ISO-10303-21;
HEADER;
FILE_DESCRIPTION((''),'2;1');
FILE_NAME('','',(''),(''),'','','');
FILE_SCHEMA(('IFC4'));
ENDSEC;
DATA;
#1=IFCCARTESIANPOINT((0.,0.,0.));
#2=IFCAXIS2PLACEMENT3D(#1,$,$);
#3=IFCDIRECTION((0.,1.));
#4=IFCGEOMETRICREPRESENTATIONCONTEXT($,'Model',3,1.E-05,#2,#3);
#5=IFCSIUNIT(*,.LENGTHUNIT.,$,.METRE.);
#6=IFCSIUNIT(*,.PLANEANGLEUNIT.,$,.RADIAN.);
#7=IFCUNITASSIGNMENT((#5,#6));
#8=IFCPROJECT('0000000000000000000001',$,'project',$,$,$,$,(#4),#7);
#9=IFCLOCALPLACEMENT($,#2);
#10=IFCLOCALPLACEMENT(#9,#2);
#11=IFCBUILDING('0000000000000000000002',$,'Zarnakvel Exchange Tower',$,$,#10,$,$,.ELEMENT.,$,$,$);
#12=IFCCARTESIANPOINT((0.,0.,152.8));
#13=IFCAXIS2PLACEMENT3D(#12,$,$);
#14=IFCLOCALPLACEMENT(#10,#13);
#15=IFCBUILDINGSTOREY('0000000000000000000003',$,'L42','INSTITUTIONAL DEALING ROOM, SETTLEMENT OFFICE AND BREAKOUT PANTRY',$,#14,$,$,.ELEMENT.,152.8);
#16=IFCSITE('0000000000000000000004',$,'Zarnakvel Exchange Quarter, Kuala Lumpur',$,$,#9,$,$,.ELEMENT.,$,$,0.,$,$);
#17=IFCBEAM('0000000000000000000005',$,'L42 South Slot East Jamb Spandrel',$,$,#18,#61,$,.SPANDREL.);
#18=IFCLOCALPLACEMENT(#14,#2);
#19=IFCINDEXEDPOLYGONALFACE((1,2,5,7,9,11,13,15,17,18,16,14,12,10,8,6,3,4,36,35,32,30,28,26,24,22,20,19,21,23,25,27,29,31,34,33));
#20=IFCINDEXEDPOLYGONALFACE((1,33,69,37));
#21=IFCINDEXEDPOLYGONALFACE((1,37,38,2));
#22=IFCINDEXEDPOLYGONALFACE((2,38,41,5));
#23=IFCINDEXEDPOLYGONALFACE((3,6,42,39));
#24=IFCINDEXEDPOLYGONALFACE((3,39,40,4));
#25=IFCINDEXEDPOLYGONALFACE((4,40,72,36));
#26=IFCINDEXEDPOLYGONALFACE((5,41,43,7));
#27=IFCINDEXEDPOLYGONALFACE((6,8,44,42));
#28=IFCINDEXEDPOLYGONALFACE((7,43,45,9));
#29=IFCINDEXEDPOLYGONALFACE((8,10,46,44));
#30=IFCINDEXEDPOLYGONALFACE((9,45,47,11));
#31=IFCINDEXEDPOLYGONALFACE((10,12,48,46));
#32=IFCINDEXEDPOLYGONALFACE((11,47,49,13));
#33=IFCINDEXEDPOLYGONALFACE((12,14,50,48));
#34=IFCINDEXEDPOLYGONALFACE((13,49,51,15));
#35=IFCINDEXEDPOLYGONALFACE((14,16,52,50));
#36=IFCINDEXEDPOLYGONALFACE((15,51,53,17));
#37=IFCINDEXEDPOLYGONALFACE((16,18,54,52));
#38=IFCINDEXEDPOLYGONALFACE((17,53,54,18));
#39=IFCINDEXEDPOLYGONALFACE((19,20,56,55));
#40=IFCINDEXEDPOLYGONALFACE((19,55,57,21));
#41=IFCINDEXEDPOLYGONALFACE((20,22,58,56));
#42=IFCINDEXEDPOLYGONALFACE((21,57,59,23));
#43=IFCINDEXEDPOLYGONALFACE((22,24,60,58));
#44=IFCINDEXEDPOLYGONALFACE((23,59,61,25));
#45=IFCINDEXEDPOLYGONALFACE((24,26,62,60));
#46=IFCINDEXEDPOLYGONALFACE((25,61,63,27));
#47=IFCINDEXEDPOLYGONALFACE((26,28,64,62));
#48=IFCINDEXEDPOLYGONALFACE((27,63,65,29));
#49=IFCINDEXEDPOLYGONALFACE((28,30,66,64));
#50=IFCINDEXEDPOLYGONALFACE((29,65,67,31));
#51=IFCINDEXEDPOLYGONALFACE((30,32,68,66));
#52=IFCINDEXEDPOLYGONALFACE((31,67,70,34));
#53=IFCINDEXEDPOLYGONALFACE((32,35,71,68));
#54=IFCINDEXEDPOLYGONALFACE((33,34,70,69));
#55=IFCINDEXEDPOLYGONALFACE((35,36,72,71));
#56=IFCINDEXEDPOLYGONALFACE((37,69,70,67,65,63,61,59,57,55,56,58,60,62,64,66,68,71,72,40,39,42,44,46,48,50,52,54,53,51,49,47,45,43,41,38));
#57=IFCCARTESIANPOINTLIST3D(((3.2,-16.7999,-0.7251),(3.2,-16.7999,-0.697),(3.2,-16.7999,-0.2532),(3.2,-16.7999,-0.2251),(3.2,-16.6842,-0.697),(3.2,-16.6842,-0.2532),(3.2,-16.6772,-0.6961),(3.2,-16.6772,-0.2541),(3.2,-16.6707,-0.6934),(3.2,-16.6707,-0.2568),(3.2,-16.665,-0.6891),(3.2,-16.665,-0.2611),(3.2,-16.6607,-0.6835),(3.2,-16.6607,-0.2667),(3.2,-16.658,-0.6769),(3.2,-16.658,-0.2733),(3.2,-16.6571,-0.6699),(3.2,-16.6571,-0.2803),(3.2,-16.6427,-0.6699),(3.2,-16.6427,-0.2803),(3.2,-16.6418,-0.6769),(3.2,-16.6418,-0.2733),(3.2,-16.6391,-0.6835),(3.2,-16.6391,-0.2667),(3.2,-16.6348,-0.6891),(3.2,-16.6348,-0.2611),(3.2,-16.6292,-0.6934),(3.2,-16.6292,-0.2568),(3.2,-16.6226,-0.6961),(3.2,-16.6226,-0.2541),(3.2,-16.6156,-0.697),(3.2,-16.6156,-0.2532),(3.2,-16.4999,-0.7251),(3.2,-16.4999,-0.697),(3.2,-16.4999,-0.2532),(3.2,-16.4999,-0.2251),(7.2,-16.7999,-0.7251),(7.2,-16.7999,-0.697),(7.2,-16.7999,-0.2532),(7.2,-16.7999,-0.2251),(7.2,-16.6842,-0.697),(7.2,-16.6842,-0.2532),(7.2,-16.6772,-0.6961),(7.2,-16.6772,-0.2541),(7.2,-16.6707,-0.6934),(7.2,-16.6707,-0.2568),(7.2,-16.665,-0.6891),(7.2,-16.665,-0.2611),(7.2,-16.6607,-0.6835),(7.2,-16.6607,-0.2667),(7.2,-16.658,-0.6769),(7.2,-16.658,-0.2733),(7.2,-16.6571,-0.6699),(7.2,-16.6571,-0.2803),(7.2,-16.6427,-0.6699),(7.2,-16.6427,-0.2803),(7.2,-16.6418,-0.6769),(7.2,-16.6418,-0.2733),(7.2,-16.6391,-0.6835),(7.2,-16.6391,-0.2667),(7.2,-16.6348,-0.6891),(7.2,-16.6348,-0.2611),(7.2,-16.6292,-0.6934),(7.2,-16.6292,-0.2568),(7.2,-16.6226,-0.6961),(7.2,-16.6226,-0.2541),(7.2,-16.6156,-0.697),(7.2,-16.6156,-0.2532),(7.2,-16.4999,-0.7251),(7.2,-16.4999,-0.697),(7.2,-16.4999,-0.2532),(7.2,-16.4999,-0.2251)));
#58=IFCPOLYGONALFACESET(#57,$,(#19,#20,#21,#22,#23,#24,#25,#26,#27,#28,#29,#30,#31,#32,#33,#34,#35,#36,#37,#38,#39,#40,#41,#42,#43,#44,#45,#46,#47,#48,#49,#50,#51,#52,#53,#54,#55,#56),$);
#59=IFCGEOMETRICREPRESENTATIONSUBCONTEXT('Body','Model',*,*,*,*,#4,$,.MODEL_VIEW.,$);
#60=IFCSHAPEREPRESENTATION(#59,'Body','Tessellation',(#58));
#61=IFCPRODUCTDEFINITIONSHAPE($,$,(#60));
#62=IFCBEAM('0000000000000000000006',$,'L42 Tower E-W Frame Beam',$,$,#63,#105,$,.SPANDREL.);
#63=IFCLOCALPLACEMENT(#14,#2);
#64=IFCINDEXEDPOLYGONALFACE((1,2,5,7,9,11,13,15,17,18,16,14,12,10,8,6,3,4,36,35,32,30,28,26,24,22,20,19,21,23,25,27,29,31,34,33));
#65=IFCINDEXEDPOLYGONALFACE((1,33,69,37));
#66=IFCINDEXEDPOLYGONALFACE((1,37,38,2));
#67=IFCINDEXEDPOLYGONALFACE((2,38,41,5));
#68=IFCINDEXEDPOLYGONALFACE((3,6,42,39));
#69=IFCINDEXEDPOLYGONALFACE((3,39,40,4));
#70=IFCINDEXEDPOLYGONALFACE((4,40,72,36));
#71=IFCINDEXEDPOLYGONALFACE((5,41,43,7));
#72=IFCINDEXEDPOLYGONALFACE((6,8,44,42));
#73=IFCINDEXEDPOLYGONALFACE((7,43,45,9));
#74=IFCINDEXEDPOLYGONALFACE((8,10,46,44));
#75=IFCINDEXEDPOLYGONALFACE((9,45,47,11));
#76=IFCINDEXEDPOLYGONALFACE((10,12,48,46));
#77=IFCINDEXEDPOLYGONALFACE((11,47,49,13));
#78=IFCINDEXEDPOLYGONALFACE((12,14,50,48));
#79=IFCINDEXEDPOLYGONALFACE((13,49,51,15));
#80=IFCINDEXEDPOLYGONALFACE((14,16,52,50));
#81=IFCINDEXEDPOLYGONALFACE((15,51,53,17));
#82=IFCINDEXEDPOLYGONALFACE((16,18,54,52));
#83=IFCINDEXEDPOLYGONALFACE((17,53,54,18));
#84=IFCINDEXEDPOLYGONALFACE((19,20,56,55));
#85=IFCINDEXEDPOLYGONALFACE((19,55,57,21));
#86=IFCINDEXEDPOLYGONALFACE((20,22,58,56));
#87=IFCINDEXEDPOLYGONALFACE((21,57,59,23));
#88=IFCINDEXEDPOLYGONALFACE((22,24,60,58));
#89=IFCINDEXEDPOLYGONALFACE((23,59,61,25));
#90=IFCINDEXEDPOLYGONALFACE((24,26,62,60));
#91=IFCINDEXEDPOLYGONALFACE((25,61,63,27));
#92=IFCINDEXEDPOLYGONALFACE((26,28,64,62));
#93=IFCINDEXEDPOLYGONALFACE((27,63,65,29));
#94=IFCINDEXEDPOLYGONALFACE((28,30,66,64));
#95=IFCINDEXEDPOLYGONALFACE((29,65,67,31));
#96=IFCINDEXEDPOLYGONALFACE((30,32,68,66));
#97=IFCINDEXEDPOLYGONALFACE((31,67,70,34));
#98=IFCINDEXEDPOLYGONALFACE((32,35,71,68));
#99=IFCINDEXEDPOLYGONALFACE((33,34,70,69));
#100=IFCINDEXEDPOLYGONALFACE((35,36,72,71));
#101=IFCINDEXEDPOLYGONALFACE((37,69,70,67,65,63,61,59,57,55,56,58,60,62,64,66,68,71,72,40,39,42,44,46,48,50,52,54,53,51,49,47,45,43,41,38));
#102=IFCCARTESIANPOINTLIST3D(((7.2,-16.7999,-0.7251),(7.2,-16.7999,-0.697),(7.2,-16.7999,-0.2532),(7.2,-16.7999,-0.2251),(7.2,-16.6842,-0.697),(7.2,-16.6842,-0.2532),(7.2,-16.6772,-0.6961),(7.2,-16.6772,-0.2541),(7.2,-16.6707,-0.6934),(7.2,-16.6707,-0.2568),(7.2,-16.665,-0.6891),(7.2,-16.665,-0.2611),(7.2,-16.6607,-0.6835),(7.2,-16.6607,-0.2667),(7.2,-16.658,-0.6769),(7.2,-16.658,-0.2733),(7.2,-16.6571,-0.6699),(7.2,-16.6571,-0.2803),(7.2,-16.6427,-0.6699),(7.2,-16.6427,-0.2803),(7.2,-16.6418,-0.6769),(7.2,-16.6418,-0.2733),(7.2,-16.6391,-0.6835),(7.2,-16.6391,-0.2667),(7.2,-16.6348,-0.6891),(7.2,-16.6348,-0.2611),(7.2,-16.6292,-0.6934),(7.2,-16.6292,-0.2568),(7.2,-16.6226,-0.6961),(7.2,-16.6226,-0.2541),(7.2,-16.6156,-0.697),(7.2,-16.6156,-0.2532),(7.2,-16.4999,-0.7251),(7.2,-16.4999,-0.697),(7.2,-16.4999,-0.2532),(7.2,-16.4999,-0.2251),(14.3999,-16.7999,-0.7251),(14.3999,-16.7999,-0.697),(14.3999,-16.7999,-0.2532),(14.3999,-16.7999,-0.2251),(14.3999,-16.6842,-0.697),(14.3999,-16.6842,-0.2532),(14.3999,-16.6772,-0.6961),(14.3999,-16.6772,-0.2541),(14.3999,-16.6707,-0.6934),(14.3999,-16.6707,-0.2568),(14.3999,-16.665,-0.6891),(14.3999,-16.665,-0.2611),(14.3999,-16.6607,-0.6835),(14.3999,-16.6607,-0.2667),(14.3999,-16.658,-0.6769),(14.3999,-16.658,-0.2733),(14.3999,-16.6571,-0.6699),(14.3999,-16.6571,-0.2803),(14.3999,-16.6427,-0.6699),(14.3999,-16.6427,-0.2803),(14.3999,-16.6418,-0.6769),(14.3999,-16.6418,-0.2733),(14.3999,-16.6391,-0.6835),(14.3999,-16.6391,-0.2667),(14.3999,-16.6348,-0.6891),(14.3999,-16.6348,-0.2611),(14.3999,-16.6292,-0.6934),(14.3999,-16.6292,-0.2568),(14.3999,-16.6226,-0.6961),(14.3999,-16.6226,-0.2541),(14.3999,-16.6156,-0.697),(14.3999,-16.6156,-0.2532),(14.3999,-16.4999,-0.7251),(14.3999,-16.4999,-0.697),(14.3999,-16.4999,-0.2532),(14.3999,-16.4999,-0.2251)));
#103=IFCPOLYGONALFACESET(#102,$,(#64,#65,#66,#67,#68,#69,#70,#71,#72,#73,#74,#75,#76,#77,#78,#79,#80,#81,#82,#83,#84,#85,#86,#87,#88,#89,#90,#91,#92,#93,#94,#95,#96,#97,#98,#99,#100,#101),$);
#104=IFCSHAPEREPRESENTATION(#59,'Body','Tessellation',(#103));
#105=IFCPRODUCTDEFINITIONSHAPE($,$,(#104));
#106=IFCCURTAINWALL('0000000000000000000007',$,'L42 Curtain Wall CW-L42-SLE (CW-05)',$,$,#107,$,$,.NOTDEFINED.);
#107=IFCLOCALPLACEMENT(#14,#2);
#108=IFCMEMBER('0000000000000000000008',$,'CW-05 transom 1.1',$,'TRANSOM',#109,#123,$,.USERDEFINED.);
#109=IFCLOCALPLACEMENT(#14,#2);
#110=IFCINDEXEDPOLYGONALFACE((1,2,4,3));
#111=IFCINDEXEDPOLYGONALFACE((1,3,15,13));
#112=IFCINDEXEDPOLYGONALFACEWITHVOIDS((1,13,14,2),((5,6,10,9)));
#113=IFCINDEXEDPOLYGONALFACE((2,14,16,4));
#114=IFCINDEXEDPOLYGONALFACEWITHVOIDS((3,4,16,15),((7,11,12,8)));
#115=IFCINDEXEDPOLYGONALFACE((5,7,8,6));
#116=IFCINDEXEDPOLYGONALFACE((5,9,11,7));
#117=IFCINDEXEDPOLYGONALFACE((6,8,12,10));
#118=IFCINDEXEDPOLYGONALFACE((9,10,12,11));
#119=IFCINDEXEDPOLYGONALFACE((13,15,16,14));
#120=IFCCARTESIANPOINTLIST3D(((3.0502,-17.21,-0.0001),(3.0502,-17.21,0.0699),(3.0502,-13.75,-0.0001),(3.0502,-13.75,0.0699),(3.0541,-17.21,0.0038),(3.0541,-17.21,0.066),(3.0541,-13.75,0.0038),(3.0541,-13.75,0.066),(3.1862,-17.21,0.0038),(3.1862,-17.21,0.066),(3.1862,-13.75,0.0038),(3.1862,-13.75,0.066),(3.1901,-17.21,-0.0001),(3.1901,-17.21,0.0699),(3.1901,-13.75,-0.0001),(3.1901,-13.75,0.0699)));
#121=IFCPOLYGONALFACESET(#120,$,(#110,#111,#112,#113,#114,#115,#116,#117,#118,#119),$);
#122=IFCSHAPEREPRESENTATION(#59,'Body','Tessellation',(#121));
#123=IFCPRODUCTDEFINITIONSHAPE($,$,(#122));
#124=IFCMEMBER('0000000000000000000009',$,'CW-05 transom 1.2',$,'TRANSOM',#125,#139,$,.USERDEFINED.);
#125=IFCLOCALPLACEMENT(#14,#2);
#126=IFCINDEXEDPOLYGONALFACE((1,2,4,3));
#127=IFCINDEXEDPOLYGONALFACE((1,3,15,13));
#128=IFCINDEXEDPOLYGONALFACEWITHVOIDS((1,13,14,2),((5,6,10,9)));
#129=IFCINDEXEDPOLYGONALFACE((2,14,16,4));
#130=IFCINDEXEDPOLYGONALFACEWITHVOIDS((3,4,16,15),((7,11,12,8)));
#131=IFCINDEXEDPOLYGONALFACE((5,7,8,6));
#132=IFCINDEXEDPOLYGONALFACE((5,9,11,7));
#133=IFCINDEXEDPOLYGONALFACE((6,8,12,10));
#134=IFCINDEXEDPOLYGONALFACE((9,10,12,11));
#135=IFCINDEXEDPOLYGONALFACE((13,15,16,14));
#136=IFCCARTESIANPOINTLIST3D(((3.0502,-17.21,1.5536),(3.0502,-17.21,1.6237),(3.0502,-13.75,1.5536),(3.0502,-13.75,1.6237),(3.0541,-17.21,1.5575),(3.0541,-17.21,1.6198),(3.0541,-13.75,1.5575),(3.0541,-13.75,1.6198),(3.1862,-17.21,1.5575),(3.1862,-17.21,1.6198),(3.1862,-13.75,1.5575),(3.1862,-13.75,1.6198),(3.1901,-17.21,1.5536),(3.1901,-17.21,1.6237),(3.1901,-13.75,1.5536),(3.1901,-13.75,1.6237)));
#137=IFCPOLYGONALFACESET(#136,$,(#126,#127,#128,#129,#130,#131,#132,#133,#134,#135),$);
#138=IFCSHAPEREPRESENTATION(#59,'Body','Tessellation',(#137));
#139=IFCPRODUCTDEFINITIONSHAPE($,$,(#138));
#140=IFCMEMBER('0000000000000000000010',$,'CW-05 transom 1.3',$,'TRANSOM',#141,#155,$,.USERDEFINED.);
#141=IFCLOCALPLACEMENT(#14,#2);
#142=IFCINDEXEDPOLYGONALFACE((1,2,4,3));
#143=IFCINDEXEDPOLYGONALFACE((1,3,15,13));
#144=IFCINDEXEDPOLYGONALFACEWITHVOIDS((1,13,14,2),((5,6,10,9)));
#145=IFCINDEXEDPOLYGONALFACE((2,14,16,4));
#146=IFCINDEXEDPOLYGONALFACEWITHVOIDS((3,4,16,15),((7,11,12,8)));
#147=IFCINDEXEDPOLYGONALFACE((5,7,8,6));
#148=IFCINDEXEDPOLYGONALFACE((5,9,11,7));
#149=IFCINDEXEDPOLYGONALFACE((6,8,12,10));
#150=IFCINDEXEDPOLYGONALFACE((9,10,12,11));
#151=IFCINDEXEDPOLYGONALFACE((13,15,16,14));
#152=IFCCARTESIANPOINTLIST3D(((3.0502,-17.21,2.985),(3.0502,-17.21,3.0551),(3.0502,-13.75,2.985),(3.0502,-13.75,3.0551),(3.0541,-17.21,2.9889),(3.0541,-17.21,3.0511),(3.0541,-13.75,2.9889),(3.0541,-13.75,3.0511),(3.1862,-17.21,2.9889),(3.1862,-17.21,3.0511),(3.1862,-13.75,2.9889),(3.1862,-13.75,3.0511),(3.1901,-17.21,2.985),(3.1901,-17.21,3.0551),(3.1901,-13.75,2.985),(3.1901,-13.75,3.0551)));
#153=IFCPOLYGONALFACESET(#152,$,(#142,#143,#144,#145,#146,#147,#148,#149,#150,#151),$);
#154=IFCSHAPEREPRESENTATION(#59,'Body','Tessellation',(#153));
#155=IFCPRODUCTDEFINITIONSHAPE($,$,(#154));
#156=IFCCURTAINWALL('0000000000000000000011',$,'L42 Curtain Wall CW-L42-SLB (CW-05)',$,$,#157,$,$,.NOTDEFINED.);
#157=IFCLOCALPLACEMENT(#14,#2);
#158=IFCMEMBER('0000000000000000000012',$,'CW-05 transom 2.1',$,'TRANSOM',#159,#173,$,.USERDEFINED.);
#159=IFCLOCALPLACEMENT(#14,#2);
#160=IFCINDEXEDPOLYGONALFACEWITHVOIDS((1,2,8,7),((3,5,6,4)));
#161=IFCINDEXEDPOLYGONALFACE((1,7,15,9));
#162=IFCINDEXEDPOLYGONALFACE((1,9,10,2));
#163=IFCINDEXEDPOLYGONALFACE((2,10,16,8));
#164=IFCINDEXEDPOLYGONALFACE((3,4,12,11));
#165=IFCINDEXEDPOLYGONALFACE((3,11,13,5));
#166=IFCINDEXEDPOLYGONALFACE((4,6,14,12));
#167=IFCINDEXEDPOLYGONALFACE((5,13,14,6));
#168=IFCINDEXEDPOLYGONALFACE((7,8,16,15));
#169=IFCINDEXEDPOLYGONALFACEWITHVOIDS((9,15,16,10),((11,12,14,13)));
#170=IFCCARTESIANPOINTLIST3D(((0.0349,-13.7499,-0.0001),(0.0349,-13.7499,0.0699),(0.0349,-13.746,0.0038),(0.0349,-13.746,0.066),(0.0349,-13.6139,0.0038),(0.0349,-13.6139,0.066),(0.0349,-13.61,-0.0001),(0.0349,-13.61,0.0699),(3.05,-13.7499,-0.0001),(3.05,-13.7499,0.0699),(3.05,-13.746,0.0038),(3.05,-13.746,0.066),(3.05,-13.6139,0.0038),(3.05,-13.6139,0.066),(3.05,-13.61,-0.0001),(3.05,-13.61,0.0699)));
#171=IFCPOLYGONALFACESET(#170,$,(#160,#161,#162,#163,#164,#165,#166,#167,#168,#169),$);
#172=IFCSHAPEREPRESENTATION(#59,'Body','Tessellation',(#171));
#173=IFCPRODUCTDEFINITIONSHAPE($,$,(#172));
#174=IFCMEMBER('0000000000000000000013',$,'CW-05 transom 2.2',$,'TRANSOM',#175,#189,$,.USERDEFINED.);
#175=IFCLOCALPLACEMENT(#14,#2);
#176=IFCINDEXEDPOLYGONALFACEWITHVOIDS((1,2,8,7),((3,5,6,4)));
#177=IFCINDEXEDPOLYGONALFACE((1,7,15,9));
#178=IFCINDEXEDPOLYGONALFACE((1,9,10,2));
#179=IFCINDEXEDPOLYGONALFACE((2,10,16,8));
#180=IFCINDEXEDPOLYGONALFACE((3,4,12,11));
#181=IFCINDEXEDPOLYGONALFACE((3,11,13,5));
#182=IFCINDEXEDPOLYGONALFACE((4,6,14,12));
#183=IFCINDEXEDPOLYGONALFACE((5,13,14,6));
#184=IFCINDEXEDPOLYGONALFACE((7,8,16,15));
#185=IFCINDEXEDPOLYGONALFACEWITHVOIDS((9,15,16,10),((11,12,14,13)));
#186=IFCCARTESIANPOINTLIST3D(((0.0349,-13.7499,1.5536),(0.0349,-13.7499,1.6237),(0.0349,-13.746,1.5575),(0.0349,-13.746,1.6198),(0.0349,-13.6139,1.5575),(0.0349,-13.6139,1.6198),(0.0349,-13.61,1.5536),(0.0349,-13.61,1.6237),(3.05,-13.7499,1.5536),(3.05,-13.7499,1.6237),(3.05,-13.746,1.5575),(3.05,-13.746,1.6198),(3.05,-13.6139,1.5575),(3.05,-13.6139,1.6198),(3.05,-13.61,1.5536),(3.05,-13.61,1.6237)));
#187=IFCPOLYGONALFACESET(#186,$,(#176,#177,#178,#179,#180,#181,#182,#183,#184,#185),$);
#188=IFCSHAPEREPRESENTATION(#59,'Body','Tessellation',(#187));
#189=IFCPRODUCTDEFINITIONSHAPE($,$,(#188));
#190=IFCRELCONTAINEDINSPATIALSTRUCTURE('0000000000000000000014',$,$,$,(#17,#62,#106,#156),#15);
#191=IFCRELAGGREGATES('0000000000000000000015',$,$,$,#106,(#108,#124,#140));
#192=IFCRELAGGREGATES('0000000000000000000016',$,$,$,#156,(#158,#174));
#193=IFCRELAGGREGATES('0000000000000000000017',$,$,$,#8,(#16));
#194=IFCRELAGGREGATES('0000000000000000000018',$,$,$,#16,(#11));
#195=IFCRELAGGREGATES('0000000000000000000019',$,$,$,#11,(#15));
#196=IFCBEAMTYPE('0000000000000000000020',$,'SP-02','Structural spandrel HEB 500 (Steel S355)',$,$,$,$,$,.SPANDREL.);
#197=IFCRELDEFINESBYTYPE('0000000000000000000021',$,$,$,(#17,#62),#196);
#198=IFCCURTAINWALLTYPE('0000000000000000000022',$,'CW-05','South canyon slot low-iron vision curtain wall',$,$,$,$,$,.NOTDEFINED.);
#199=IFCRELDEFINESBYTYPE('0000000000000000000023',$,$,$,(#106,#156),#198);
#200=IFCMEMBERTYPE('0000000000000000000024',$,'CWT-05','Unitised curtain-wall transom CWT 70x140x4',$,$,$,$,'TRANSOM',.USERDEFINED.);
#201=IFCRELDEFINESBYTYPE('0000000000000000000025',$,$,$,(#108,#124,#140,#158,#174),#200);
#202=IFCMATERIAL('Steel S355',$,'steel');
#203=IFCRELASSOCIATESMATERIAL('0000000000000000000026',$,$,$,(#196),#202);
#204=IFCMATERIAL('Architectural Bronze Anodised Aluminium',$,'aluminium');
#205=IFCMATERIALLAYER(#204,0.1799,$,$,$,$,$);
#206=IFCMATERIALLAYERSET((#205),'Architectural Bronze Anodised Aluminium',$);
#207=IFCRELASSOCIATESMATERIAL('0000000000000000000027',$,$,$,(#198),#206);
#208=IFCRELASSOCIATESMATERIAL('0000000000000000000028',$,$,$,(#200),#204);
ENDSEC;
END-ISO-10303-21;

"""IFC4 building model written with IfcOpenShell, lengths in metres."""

from ifc_helpers import new_model, si_unit, direction, frame, origin, origin_2d, place, context, subcontext, project, spatial, hollow_rectangle, i_section, extrude, source, transform, mapped, material, layer, layer_set, material_profile, profile_set, type_object, element, aggregate, save


model = new_model("IFC4")

# Units and contexts
model_context = context("Model", 3, precision=1e-05, world=origin(), true_north=direction((0.0, 1.0)))
body_context = subcontext(model_context, "Body", "Model", "MODEL_VIEW")
ifc_project = project(units=[si_unit("LENGTHUNIT", "METRE"), si_unit("PLANEANGLEUNIT", "RADIAN")], contexts=[model_context])

# Site, building, storey
site_placement = place(None, origin())
site = spatial("IfcSite", under=ifc_project, at=site_placement, Name="Zarnakvel Exchange Quarter, Kuala Lumpur", CompositionType="ELEMENT", RefElevation=0.0)
building_placement = place(site_placement, origin())
building = spatial("IfcBuilding", under=site, at=building_placement, Name="Zarnakvel Exchange Tower", CompositionType="ELEMENT")
storey_placement = place(building_placement, frame((0.0, 0.0, 152.8)))
storey = spatial("IfcBuildingStorey", under=building, at=storey_placement, Name="L42", Description="INSTITUTIONAL DEALING ROOM, SETTLEMENT OFFICE AND BREAKOUT PANTRY", CompositionType="ELEMENT", Elevation=152.8)

# Beams
ifc_material_1 = material(Name="Steel S355", Category="steel")
ifc_material_profile_1 = material_profile(ifc_material_1, i_section(OverallWidth=0.3, OverallDepth=0.5, WebThickness=0.0144, FlangeThickness=0.0281, FilletRadius=0.0271, at=origin_2d()))
ifc_profile_set_1 = profile_set([ifc_material_profile_1], Name="Steel S355")
beam_type_1 = type_object("IfcBeamType", Name="SP-02", Description="Structural spandrel HEB 500 (Steel S355)", PredefinedType="SPANDREL", material=ifc_profile_set_1)
beam_1_placement = place(storey_placement, frame((3.2, -16.6499, -0.4751), z_axis=(1.0, 0.0, 0.0), x_axis=(0.0, 1.0, 0.0)))
element("IfcBeam", 1, at=beam_1_placement, inside=storey, type_object=beam_type_1, Name="L42 South Slot East Jamb Spandrel", PredefinedType="SPANDREL", context=body_context, shape_type="SweptSolid", body=[
    extrude(i_section(OverallWidth=0.3, OverallDepth=0.5, WebThickness=0.0144, FlangeThickness=0.0281, FilletRadius=0.0271, at=origin_2d()), origin(), (0.0, 0.0, 1.0), 4.0),
])
beam_2_placement = place(storey_placement, frame((7.2, -16.6499, -0.4751), z_axis=(1.0, 0.0, 0.0), x_axis=(0.0, 1.0, 0.0)))
element("IfcBeam", 2, at=beam_2_placement, inside=storey, type_object=beam_type_1, Name="L42 Tower E-W Frame Beam", PredefinedType="SPANDREL", context=body_context, shape_type="SweptSolid", body=[
    extrude(i_section(OverallWidth=0.3, OverallDepth=0.5, WebThickness=0.0144, FlangeThickness=0.0281, FilletRadius=0.0271, at=origin_2d()), origin(), (0.0, 0.0, 1.0), 7.2),
])

# Curtain walls, members
ifc_material_2 = material(Name="Architectural Bronze Anodised Aluminium", Category="aluminium")
ifc_layer_1 = layer(ifc_material_2, 0.1799)
ifc_layer_set_1 = layer_set([ifc_layer_1], Name="Architectural Bronze Anodised Aluminium")
curtain_wall_type = type_object("IfcCurtainWallType", Name="CW-05", Description="South canyon slot low-iron vision curtain wall", PredefinedType="NOTDEFINED", material=ifc_layer_set_1)
curtain_wall_1_placement = place(storey_placement, origin())
curtain_wall_1 = element("IfcCurtainWall", 3, at=curtain_wall_1_placement, inside=storey, type_object=curtain_wall_type, Name="L42 Curtain Wall CW-L42-SLE (CW-05)", PredefinedType="NOTDEFINED")
ifc_material_profile_2 = material_profile(ifc_material_2, hollow_rectangle(XDim=0.1399, YDim=0.0701, WallThickness=0.0039, at=origin_2d()))
ifc_profile_set_2 = profile_set([ifc_material_profile_2], Name="Architectural Bronze Anodised Aluminium")
member_type_1 = type_object("IfcMemberType", Name="CWT-05", Description="Unitised curtain-wall transom CWT 70x140x4", ElementType="TRANSOM", PredefinedType="USERDEFINED", material=ifc_profile_set_2)
shared_shape_1 = source(origin(), body_context, "Body", "SweptSolid", [
    extrude(hollow_rectangle(XDim=0.1399, YDim=0.0701, WallThickness=0.0039, at=origin_2d()), origin(), (0.0, 0.0, 1.0), 3.46),
])
member_1_placement = place(storey_placement, frame((3.1201, -13.75, 0.0349), z_axis=(0.0, -1.0, 0.0), x_axis=(1.0, 0.0, 0.0)))
member_1 = element("IfcMember", 4, at=member_1_placement, type_object=member_type_1, Name="CW-05 transom 1.1", ObjectType="TRANSOM", PredefinedType="USERDEFINED", context=body_context, shape_type="MappedRepresentation", body=[
    mapped(shared_shape_1, transform((0.0, 0.0, 0.0), x_axis=(1.0, 0.0, 0.0), y_axis=(0.0, 1.0, 0.0), z_axis=(0.0, 0.0, 1.0), scale=1.0)),
])
member_2_placement = place(storey_placement, frame((3.1201, -13.75, 1.5886), z_axis=(0.0, -1.0, 0.0), x_axis=(1.0, 0.0, 0.0)))
member_2 = element("IfcMember", 5, at=member_2_placement, type_object=member_type_1, Name="CW-05 transom 1.2", ObjectType="TRANSOM", PredefinedType="USERDEFINED", context=body_context, shape_type="MappedRepresentation", body=[
    mapped(shared_shape_1, transform((0.0, 0.0, 0.0), x_axis=(1.0, 0.0, 0.0), y_axis=(0.0, 1.0, 0.0), z_axis=(0.0, 0.0, 1.0), scale=1.0)),
])
member_3_placement = place(storey_placement, frame((3.1201, -13.75, 3.02), z_axis=(0.0, -1.0, 0.0), x_axis=(1.0, 0.0, 0.0)))
member_3 = element("IfcMember", 6, at=member_3_placement, type_object=member_type_1, Name="CW-05 transom 1.3", ObjectType="TRANSOM", PredefinedType="USERDEFINED", context=body_context, shape_type="MappedRepresentation", body=[
    mapped(shared_shape_1, transform((0.0, 0.0, 0.0), x_axis=(1.0, 0.0, 0.0), y_axis=(0.0, 1.0, 0.0), z_axis=(0.0, 0.0, 1.0), scale=1.0)),
])
curtain_wall_2_placement = place(storey_placement, origin())
curtain_wall_2 = element("IfcCurtainWall", 7, at=curtain_wall_2_placement, inside=storey, type_object=curtain_wall_type, Name="L42 Curtain Wall CW-L42-SLB (CW-05)", PredefinedType="NOTDEFINED")
shared_shape_2 = source(origin(), body_context, "Body", "SweptSolid", [
    extrude(hollow_rectangle(XDim=0.1399, YDim=0.0701, WallThickness=0.0039, at=origin_2d()), origin(), (0.0, 0.0, 1.0), 3.0151),
])
member_4_placement = place(storey_placement, frame((0.0349, -13.6799, 0.0349), z_axis=(1.0, 0.0, 0.0), x_axis=(0.0, 1.0, 0.0)))
member_4 = element("IfcMember", 8, at=member_4_placement, type_object=member_type_1, Name="CW-05 transom 2.1", ObjectType="TRANSOM", PredefinedType="USERDEFINED", context=body_context, shape_type="MappedRepresentation", body=[
    mapped(shared_shape_2, transform((0.0, 0.0, 0.0), x_axis=(1.0, 0.0, 0.0), y_axis=(0.0, 1.0, 0.0), z_axis=(0.0, 0.0, 1.0), scale=1.0)),
])
member_5_placement = place(storey_placement, frame((0.0349, -13.6799, 1.5886), z_axis=(1.0, 0.0, 0.0), x_axis=(0.0, 1.0, 0.0)))
member_5 = element("IfcMember", 9, at=member_5_placement, type_object=member_type_1, Name="CW-05 transom 2.2", ObjectType="TRANSOM", PredefinedType="USERDEFINED", context=body_context, shape_type="MappedRepresentation", body=[
    mapped(shared_shape_2, transform((0.0, 0.0, 0.0), x_axis=(1.0, 0.0, 0.0), y_axis=(0.0, 1.0, 0.0), z_axis=(0.0, 0.0, 1.0), scale=1.0)),
])

aggregate(curtain_wall_1, [member_1, member_2, member_3])
aggregate(curtain_wall_2, [member_4, member_5])

save(model, "model.ifc")
